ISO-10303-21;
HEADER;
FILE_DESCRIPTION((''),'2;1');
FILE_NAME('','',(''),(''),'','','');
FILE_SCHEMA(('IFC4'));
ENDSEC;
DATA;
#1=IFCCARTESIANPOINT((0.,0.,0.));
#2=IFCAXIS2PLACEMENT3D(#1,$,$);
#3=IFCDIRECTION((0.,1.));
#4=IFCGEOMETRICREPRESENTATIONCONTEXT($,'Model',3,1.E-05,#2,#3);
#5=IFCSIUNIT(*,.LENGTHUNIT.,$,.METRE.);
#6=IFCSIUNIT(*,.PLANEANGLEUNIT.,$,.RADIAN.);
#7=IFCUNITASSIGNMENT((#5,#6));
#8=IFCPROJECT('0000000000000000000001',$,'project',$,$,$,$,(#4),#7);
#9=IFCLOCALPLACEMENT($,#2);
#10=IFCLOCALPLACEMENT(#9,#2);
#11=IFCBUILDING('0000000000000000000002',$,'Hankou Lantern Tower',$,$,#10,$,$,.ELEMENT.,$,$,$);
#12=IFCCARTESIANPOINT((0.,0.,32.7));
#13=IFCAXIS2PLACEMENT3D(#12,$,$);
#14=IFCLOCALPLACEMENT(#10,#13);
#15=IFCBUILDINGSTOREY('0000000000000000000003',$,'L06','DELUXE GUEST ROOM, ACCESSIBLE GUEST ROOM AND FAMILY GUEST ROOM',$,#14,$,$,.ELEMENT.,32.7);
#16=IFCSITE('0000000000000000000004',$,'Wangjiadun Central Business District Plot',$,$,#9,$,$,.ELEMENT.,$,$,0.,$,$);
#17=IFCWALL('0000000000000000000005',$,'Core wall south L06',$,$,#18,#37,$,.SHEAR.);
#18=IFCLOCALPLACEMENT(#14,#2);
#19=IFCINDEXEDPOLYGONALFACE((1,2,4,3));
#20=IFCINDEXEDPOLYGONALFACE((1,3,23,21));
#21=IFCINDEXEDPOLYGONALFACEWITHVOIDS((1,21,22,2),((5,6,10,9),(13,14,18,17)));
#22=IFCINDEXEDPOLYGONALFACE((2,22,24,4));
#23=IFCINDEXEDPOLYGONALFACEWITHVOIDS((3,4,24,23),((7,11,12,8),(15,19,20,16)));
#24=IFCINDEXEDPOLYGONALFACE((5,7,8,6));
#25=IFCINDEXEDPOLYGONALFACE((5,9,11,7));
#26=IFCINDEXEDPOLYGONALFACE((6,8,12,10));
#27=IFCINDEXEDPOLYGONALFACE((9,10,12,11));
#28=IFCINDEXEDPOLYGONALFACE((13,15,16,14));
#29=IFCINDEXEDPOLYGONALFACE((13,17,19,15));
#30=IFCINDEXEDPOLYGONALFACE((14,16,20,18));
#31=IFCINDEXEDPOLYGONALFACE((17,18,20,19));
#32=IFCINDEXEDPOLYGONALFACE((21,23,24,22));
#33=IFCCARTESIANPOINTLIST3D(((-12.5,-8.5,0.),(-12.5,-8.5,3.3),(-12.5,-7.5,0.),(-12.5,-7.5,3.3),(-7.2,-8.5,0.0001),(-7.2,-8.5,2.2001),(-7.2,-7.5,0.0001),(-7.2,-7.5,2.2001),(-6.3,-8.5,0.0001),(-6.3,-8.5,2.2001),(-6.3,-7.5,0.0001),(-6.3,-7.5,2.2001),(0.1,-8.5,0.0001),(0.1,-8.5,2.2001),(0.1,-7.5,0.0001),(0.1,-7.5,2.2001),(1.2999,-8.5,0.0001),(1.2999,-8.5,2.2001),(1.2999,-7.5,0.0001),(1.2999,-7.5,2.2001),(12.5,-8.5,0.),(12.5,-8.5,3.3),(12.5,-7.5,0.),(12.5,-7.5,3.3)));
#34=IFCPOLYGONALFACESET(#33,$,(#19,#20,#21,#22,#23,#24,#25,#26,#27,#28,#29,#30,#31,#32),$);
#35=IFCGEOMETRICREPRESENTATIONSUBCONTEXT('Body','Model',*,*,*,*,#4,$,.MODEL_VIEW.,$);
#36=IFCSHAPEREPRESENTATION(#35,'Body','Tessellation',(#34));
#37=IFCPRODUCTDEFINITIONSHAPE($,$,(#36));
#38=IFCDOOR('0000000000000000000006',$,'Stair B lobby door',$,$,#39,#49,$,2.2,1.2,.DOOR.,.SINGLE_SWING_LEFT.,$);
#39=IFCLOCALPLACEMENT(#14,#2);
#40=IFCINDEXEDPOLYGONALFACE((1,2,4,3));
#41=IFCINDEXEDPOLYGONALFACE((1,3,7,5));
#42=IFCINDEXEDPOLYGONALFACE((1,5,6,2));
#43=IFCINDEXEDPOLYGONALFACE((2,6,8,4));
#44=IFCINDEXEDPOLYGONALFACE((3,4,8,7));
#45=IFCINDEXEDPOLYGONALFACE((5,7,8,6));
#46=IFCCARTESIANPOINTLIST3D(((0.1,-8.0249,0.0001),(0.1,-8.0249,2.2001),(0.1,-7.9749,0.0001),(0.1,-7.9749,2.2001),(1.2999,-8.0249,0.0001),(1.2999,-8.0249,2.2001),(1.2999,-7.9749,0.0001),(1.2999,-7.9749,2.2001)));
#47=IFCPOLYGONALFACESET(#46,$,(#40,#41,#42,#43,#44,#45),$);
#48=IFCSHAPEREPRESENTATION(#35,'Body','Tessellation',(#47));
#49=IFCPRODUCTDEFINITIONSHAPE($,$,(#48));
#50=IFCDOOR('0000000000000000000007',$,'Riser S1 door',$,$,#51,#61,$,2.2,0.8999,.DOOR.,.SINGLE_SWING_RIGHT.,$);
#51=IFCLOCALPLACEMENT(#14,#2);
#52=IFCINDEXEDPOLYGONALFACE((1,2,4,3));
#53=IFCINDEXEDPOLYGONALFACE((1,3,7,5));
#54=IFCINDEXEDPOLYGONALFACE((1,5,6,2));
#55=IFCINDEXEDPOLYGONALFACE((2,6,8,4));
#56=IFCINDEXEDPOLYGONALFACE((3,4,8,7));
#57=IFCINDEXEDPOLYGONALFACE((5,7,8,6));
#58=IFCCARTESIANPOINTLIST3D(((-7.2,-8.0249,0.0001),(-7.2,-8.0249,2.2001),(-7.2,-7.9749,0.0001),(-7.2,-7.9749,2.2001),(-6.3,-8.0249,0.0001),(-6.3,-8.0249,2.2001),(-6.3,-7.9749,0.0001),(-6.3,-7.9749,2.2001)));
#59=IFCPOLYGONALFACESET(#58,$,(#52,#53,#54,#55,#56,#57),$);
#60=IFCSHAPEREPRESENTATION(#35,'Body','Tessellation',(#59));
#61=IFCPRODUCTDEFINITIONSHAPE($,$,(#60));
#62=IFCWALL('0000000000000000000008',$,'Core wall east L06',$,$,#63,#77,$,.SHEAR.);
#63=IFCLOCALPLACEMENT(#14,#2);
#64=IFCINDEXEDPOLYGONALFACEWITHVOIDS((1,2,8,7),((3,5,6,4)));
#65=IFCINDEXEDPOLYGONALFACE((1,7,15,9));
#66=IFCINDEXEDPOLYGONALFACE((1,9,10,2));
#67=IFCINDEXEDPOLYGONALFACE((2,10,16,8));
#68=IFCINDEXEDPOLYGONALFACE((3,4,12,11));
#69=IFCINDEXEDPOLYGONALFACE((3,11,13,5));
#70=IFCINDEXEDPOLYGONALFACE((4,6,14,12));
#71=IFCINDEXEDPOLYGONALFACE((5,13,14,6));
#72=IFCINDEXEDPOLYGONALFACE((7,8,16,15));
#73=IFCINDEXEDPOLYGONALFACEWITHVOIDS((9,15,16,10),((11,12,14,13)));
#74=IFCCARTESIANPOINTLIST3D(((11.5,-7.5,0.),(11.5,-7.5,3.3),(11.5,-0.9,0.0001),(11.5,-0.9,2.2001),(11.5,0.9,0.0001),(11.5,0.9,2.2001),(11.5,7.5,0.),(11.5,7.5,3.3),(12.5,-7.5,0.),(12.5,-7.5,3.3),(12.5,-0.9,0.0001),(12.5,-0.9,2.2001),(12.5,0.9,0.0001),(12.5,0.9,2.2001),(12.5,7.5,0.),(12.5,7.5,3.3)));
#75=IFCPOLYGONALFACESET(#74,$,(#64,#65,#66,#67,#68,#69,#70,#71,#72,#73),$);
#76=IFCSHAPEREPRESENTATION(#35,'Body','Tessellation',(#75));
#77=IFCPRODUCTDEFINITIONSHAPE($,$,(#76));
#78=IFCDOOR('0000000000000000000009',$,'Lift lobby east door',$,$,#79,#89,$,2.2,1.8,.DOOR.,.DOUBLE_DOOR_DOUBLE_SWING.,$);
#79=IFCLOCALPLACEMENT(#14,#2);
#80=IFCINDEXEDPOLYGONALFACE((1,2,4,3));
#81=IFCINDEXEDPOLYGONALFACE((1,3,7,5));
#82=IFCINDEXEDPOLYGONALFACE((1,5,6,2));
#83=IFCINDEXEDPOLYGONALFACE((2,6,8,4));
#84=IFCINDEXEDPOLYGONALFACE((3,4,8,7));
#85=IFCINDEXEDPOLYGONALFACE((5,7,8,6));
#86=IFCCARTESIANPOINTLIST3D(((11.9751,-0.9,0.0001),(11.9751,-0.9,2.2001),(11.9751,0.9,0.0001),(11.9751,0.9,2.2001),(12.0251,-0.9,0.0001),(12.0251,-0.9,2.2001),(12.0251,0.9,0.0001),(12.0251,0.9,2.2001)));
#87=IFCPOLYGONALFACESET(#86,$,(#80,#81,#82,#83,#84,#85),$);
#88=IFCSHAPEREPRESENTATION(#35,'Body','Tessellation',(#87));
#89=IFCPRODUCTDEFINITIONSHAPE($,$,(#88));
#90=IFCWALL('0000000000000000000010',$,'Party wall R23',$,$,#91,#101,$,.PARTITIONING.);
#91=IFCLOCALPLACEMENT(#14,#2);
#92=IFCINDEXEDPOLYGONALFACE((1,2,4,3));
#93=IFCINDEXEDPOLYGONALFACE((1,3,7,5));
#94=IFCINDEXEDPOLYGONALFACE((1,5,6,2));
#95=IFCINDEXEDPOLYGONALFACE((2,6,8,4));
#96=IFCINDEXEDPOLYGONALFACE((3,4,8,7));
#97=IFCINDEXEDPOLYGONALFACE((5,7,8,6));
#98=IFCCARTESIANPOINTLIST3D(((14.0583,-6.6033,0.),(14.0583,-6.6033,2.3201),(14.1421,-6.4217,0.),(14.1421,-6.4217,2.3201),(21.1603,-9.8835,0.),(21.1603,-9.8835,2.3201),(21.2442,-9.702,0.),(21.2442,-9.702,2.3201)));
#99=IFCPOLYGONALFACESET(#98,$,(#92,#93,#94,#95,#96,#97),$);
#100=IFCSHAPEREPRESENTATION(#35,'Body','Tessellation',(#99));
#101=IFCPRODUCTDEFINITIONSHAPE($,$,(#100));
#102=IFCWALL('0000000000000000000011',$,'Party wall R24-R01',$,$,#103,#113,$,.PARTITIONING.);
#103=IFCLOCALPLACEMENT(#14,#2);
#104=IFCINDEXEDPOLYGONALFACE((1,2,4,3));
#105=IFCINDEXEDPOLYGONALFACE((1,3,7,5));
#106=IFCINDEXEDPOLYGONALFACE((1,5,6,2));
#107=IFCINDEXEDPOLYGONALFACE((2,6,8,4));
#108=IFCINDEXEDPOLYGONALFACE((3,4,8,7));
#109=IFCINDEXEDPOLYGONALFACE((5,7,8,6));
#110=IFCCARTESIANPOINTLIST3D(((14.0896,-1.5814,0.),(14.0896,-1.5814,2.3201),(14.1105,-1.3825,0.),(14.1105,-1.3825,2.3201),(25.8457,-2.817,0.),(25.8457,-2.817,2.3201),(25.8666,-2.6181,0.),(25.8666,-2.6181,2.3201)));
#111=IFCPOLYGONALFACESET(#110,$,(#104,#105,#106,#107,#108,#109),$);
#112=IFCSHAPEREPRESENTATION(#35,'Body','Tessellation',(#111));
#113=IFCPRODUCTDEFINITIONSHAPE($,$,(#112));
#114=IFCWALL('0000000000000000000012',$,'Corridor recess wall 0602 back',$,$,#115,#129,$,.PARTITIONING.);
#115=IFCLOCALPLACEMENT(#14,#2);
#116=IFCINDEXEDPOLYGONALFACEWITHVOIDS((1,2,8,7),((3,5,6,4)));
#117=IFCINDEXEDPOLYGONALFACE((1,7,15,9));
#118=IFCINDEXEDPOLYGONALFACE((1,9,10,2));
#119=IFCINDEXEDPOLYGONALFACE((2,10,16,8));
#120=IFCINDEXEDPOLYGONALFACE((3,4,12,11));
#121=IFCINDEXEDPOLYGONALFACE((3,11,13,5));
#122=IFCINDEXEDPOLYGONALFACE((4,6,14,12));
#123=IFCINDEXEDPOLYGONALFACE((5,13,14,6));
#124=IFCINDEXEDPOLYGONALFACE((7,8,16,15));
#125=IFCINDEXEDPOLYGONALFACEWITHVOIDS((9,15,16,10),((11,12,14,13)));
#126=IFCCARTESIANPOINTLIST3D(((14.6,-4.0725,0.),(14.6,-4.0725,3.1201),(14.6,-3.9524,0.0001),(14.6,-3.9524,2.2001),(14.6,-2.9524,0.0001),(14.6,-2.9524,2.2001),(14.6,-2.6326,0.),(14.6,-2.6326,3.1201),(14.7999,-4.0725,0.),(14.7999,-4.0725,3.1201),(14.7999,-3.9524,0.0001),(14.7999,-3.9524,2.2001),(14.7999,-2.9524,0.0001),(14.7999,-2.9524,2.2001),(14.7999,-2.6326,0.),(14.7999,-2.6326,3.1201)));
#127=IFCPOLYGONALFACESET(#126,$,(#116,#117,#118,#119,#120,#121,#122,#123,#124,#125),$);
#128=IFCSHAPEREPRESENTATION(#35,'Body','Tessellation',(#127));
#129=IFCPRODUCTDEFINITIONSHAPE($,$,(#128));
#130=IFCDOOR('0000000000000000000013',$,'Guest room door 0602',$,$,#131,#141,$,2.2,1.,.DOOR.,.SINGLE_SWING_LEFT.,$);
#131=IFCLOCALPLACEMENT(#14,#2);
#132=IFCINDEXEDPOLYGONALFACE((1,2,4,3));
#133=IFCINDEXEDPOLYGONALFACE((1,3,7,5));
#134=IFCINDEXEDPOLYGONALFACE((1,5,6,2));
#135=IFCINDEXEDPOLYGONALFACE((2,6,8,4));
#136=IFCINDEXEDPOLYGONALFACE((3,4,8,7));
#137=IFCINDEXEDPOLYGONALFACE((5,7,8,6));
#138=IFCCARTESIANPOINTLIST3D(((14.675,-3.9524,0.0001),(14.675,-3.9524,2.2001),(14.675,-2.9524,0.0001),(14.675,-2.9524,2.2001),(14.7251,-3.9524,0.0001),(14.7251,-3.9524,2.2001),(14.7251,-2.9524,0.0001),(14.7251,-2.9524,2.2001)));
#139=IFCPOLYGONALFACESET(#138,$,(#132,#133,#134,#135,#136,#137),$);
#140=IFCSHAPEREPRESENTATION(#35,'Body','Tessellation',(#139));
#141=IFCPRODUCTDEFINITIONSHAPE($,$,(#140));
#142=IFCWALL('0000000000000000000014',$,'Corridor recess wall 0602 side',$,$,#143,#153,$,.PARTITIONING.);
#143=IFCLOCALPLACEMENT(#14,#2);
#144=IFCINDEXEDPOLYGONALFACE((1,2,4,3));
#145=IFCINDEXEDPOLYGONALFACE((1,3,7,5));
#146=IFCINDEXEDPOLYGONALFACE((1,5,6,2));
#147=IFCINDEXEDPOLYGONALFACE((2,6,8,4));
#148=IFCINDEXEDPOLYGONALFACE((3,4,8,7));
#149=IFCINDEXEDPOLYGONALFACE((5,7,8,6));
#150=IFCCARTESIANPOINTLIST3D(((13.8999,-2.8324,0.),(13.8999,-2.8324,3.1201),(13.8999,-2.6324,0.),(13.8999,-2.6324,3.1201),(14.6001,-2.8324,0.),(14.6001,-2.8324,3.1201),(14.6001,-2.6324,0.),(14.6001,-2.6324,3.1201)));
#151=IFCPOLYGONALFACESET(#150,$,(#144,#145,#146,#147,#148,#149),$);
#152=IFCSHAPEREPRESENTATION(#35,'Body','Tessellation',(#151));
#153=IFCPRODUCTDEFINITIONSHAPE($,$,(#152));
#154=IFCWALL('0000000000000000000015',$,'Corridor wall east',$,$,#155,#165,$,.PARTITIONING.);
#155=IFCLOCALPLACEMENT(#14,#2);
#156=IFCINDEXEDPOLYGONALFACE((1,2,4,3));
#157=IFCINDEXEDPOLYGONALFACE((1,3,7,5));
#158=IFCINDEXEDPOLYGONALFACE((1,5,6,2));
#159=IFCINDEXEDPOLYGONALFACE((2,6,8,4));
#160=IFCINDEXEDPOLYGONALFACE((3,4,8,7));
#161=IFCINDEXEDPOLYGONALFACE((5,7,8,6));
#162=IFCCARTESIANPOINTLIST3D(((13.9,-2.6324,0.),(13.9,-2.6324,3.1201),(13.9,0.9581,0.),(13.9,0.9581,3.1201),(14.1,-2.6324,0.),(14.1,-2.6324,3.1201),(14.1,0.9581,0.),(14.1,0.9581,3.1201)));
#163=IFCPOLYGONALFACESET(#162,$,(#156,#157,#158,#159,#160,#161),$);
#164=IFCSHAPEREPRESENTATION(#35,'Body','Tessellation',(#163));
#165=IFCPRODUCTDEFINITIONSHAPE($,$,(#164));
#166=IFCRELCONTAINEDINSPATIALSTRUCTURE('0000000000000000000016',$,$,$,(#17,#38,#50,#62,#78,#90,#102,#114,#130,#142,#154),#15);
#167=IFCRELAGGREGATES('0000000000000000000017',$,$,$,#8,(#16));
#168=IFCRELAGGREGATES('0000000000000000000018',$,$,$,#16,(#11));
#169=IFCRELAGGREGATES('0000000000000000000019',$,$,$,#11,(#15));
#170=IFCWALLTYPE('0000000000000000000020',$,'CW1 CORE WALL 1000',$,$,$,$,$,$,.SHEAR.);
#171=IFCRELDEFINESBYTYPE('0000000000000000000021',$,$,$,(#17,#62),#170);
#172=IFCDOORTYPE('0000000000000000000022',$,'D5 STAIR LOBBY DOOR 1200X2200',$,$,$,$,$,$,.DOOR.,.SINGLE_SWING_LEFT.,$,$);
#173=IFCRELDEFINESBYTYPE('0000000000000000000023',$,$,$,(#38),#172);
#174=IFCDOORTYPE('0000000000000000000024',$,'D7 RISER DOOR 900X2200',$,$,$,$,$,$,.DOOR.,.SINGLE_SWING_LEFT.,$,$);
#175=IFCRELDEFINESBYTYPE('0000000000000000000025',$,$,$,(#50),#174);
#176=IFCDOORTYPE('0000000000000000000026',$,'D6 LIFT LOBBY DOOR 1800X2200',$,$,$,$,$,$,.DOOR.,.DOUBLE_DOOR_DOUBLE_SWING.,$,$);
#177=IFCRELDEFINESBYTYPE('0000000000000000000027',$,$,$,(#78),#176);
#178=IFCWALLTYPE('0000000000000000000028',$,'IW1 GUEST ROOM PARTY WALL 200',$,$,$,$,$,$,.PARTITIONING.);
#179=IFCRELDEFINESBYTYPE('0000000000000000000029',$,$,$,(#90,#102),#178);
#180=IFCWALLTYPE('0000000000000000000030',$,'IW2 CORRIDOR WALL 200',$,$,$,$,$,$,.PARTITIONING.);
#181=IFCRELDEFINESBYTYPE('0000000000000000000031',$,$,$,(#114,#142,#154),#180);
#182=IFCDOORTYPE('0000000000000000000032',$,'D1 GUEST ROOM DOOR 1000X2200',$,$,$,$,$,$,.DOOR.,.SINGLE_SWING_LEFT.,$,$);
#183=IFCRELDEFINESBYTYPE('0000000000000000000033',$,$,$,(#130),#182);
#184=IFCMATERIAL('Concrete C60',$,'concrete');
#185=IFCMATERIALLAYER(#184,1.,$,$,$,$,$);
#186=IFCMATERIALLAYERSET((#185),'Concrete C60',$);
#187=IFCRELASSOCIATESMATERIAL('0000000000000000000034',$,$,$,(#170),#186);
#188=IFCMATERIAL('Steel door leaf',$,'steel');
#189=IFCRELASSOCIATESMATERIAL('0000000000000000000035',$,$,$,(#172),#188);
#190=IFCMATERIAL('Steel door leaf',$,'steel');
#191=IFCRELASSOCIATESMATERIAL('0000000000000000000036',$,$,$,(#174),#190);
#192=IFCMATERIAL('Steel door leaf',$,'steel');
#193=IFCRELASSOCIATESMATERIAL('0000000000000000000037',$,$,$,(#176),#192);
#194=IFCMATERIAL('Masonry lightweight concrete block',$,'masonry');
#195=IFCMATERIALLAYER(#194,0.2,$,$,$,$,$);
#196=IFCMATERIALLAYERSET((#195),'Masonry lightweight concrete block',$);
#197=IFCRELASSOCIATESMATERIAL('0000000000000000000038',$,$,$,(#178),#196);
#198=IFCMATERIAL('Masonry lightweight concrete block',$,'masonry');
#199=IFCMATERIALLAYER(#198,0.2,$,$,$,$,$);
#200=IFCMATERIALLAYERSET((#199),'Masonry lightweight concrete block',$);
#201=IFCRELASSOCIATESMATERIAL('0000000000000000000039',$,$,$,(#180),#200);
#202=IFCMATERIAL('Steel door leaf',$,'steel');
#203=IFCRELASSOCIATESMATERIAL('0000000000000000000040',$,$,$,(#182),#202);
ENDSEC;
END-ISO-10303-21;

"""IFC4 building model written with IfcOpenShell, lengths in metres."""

from ifc_helpers import new_model, si_unit, direction, frame, frame_2d, origin, place, context, subcontext, project, spatial, rectangle, extrude, material, layer, layer_set, type_object, element, fill, save


model = new_model("IFC4")

# Units and contexts
model_context = context("Model", 3, precision=1e-05, world=origin(), true_north=direction((0.0, 1.0)))
body_context = subcontext(model_context, "Body", "Model", "MODEL_VIEW")
ifc_project = project(units=[si_unit("LENGTHUNIT", "METRE"), si_unit("PLANEANGLEUNIT", "RADIAN")], contexts=[model_context])

# Site, building, storey
site_placement = place(None, origin())
site = spatial("IfcSite", under=ifc_project, at=site_placement, Name="Wangjiadun Central Business District Plot", CompositionType="ELEMENT", RefElevation=0.0)
building_placement = place(site_placement, origin())
building = spatial("IfcBuilding", under=site, at=building_placement, Name="Hankou Lantern Tower", CompositionType="ELEMENT")
storey_placement = place(building_placement, frame((0.0, 0.0, 32.7)))
storey = spatial("IfcBuildingStorey", under=building, at=storey_placement, Name="L06", Description="DELUXE GUEST ROOM, ACCESSIBLE GUEST ROOM AND FAMILY GUEST ROOM", CompositionType="ELEMENT", Elevation=32.7)

# Wall, openings, doors
ifc_material_1 = material(Name="Concrete C60", Category="concrete")
ifc_layer_1 = layer(ifc_material_1, 1.0)
ifc_layer_set_1 = layer_set([ifc_layer_1], Name="Concrete C60")
wall_type_1 = type_object("IfcWallType", Name="CW1 CORE WALL 1000", PredefinedType="SHEAR", material=ifc_layer_set_1)
wall_1_placement = place(storey_placement, frame((12.5, -8.0, 0.0), z_axis=(0.0, 0.0, 1.0), x_axis=(-1.0, 0.0, 0.0)))
wall_1 = element("IfcWall", 1, at=wall_1_placement, inside=storey, type_object=wall_type_1, Name="Core wall south L06", PredefinedType="SHEAR", context=body_context, shape_type="SweptSolid", body=[
    extrude(rectangle(XDim=25.0, YDim=1.0, at=frame_2d((12.5, 0.0))), origin(), (0.0, 0.0, 1.0), 3.3),
])
opening_1_placement = place(wall_1_placement, frame((11.2, 0.0, 0.0)))
opening_1 = element("IfcOpeningElement", 2, at=opening_1_placement, cuts=wall_1, PredefinedType="OPENING", context=body_context, shape_type="SweptSolid", body=[
    extrude(rectangle(XDim=1.2, YDim=2.2, at=frame_2d((0.6001, 1.1001))), frame((0.0, 0.51, 0.0), z_axis=(0.0, -1.0, 0.0), x_axis=(1.0, 0.0, 0.0)), (0.0, 0.0, 1.0), 1.02),
])
opening_2_placement = place(wall_1_placement, frame((18.8, 0.0, 0.0)))
opening_2 = element("IfcOpeningElement", 3, at=opening_2_placement, cuts=wall_1, PredefinedType="OPENING", context=body_context, shape_type="SweptSolid", body=[
    extrude(rectangle(XDim=0.8999, YDim=2.2, at=frame_2d((0.45, 1.1001))), frame((0.0, 0.51, 0.0), z_axis=(0.0, -1.0, 0.0), x_axis=(1.0, 0.0, 0.0)), (0.0, 0.0, 1.0), 1.02),
])
ifc_material_2 = material(Name="Steel door leaf", Category="steel")
door_type_1 = type_object("IfcDoorType", Name="D5 STAIR LOBBY DOOR 1200X2200", OperationType="SINGLE_SWING_LEFT", PredefinedType="DOOR", material=ifc_material_2)
door_1_placement = place(opening_1_placement, origin())
door_1 = element("IfcDoor", 4, at=door_1_placement, inside=storey, type_object=door_type_1, Name="Stair B lobby door", OperationType="SINGLE_SWING_LEFT", OverallHeight=2.2, OverallWidth=1.2, PredefinedType="DOOR", context=body_context, shape_type="SweptSolid", body=[
    extrude(rectangle(XDim=1.2, YDim=2.2, at=frame_2d((0.6001, 1.1001))), frame((0.0, 0.0249, 0.0), z_axis=(0.0, -1.0, 0.0), x_axis=(1.0, 0.0, 0.0)), (0.0, 0.0, 1.0), 0.05),
])
fill(opening_1, door_1)
ifc_material_3 = material(Name="Steel door leaf", Category="steel")
door_type_2 = type_object("IfcDoorType", Name="D7 RISER DOOR 900X2200", OperationType="SINGLE_SWING_LEFT", PredefinedType="DOOR", material=ifc_material_3)
door_2_placement = place(opening_2_placement, origin())
door_2 = element("IfcDoor", 5, at=door_2_placement, inside=storey, type_object=door_type_2, Name="Riser S1 door", OperationType="SINGLE_SWING_RIGHT", OverallHeight=2.2, OverallWidth=0.8999, PredefinedType="DOOR", context=body_context, shape_type="SweptSolid", body=[
    extrude(rectangle(XDim=0.8999, YDim=2.2, at=frame_2d((0.45, 1.1001))), frame((0.0, 0.0249, 0.0), z_axis=(0.0, -1.0, 0.0), x_axis=(1.0, 0.0, 0.0)), (0.0, 0.0, 1.0), 0.05),
])
fill(opening_2, door_2)

# Wall, opening, door
wall_2_placement = place(storey_placement, frame((12.0, -7.5, 0.0), z_axis=(0.0, 0.0, 1.0), x_axis=(0.0, 1.0, 0.0)))
wall_2 = element("IfcWall", 6, at=wall_2_placement, inside=storey, type_object=wall_type_1, Name="Core wall east L06", PredefinedType="SHEAR", context=body_context, shape_type="SweptSolid", body=[
    extrude(rectangle(XDim=15.0, YDim=1.0, at=frame_2d((7.5, 0.0))), origin(), (0.0, 0.0, 1.0), 3.3),
])
opening_3_placement = place(wall_2_placement, frame((6.6001, 0.0, 0.0)))
opening_3 = element("IfcOpeningElement", 7, at=opening_3_placement, cuts=wall_2, PredefinedType="OPENING", context=body_context, shape_type="SweptSolid", body=[
    extrude(rectangle(XDim=1.8, YDim=2.2, at=frame_2d((0.8999, 1.1001))), frame((0.0, 0.51, 0.0), z_axis=(0.0, -1.0, 0.0), x_axis=(1.0, 0.0, 0.0)), (0.0, 0.0, 1.0), 1.02),
])
ifc_material_4 = material(Name="Steel door leaf", Category="steel")
door_type_3 = type_object("IfcDoorType", Name="D6 LIFT LOBBY DOOR 1800X2200", OperationType="DOUBLE_DOOR_DOUBLE_SWING", PredefinedType="DOOR", material=ifc_material_4)
door_3_placement = place(opening_3_placement, origin())
door_3 = element("IfcDoor", 8, at=door_3_placement, inside=storey, type_object=door_type_3, Name="Lift lobby east door", OperationType="DOUBLE_DOOR_DOUBLE_SWING", OverallHeight=2.2, OverallWidth=1.8, PredefinedType="DOOR", context=body_context, shape_type="SweptSolid", body=[
    extrude(rectangle(XDim=1.8, YDim=2.2, at=frame_2d((0.8999, 1.1001))), frame((0.0, 0.0249, 0.0), z_axis=(0.0, -1.0, 0.0), x_axis=(1.0, 0.0, 0.0)), (0.0, 0.0, 1.0), 0.05),
])
fill(opening_3, door_3)

# Walls
ifc_material_5 = material(Name="Masonry lightweight concrete block", Category="masonry")
ifc_layer_2 = layer(ifc_material_5, 0.2)
ifc_layer_set_2 = layer_set([ifc_layer_2], Name="Masonry lightweight concrete block")
wall_type_2 = type_object("IfcWallType", Name="IW1 GUEST ROOM PARTY WALL 200", PredefinedType="PARTITIONING", material=ifc_layer_set_2)
wall_3_placement = place(storey_placement, frame((14.1001, -6.5125, 0.0), z_axis=(0.0, 0.0, 1.0), x_axis=(0.907842, -0.419311, 0.0)))
element("IfcWall", 9, at=wall_3_placement, inside=storey, type_object=wall_type_2, Name="Party wall R23", PredefinedType="PARTITIONING", context=body_context, shape_type="SweptSolid", body=[
    extrude(rectangle(XDim=7.823, YDim=0.2, at=frame_2d((3.9116, 0.0))), origin(), (0.0, 0.0, 1.0), 2.3201),
])
wall_4_placement = place(storey_placement, frame((14.1001, -1.4819, 0.0), z_axis=(0.0, 0.0, 1.0), x_axis=(0.994522, -0.104527, 0.0)))
element("IfcWall", 10, at=wall_4_placement, inside=storey, type_object=wall_type_2, Name="Party wall R24-R01", PredefinedType="PARTITIONING", context=body_context, shape_type="SweptSolid", body=[
    extrude(rectangle(XDim=11.8208, YDim=0.2, at=frame_2d((5.9104, 0.0))), origin(), (0.0, 0.0, 1.0), 2.3201),
])

# Wall, opening, door
ifc_material_6 = material(Name="Masonry lightweight concrete block", Category="masonry")
ifc_layer_3 = layer(ifc_material_6, 0.2)
ifc_layer_set_3 = layer_set([ifc_layer_3], Name="Masonry lightweight concrete block")
wall_type_3 = type_object("IfcWallType", Name="IW2 CORRIDOR WALL 200", PredefinedType="PARTITIONING", material=ifc_layer_set_3)
wall_5_placement = place(storey_placement, frame((14.7, -4.0725, 0.0), z_axis=(0.0, 0.0, 1.0), x_axis=(0.0, 1.0, 0.0)))
wall_5 = element("IfcWall", 11, at=wall_5_placement, inside=storey, type_object=wall_type_3, Name="Corridor recess wall 0602 back", PredefinedType="PARTITIONING", context=body_context, shape_type="SweptSolid", body=[
    extrude(rectangle(XDim=1.4399, YDim=0.2, at=frame_2d((0.72, 0.0))), origin(), (0.0, 0.0, 1.0), 3.1201),
])
opening_4_placement = place(wall_5_placement, frame((0.1201, 0.0, 0.0)))
opening_4 = element("IfcOpeningElement", 12, at=opening_4_placement, cuts=wall_5, PredefinedType="OPENING", context=body_context, shape_type="SweptSolid", body=[
    extrude(rectangle(XDim=1.0, YDim=2.2, at=frame_2d((0.5, 1.1001))), frame((0.0, 0.1099, 0.0), z_axis=(0.0, -1.0, 0.0), x_axis=(1.0, 0.0, 0.0)), (0.0, 0.0, 1.0), 0.22),
])
ifc_material_7 = material(Name="Steel door leaf", Category="steel")
door_type_4 = type_object("IfcDoorType", Name="D1 GUEST ROOM DOOR 1000X2200", OperationType="SINGLE_SWING_LEFT", PredefinedType="DOOR", material=ifc_material_7)
door_4_placement = place(opening_4_placement, origin())
door_4 = element("IfcDoor", 13, at=door_4_placement, inside=storey, type_object=door_type_4, Name="Guest room door 0602", OperationType="SINGLE_SWING_LEFT", OverallHeight=2.2, OverallWidth=1.0, PredefinedType="DOOR", context=body_context, shape_type="SweptSolid", body=[
    extrude(rectangle(XDim=1.0, YDim=2.2, at=frame_2d((0.5, 1.1001))), frame((0.0, 0.0249, 0.0), z_axis=(0.0, -1.0, 0.0), x_axis=(1.0, 0.0, 0.0)), (0.0, 0.0, 1.0), 0.05),
])
fill(opening_4, door_4)

# Walls
wall_6_placement = place(storey_placement, frame((13.8999, -2.7324, 0.0), z_axis=(0.0, 0.0, 1.0), x_axis=(1.0, 0.0, 0.0)))
element("IfcWall", 14, at=wall_6_placement, inside=storey, type_object=wall_type_3, Name="Corridor recess wall 0602 side", PredefinedType="PARTITIONING", context=body_context, shape_type="SweptSolid", body=[
    extrude(rectangle(XDim=0.7002, YDim=0.2, at=frame_2d((0.3501, 0.0))), origin(), (0.0, 0.0, 1.0), 3.1201),
])
wall_7_placement = place(storey_placement, frame((14.0, -2.6326, 0.0), z_axis=(0.0, 0.0, 1.0), x_axis=(0.0, 1.0, 0.0)))
element("IfcWall", 15, at=wall_7_placement, inside=storey, type_object=wall_type_3, Name="Corridor wall east", PredefinedType="PARTITIONING", context=body_context, shape_type="SweptSolid", body=[
    extrude(rectangle(XDim=3.5906, YDim=0.2, at=frame_2d((1.7954, 0.0))), origin(), (0.0, 0.0, 1.0), 3.1201),
])

save(model, "model.ifc")
